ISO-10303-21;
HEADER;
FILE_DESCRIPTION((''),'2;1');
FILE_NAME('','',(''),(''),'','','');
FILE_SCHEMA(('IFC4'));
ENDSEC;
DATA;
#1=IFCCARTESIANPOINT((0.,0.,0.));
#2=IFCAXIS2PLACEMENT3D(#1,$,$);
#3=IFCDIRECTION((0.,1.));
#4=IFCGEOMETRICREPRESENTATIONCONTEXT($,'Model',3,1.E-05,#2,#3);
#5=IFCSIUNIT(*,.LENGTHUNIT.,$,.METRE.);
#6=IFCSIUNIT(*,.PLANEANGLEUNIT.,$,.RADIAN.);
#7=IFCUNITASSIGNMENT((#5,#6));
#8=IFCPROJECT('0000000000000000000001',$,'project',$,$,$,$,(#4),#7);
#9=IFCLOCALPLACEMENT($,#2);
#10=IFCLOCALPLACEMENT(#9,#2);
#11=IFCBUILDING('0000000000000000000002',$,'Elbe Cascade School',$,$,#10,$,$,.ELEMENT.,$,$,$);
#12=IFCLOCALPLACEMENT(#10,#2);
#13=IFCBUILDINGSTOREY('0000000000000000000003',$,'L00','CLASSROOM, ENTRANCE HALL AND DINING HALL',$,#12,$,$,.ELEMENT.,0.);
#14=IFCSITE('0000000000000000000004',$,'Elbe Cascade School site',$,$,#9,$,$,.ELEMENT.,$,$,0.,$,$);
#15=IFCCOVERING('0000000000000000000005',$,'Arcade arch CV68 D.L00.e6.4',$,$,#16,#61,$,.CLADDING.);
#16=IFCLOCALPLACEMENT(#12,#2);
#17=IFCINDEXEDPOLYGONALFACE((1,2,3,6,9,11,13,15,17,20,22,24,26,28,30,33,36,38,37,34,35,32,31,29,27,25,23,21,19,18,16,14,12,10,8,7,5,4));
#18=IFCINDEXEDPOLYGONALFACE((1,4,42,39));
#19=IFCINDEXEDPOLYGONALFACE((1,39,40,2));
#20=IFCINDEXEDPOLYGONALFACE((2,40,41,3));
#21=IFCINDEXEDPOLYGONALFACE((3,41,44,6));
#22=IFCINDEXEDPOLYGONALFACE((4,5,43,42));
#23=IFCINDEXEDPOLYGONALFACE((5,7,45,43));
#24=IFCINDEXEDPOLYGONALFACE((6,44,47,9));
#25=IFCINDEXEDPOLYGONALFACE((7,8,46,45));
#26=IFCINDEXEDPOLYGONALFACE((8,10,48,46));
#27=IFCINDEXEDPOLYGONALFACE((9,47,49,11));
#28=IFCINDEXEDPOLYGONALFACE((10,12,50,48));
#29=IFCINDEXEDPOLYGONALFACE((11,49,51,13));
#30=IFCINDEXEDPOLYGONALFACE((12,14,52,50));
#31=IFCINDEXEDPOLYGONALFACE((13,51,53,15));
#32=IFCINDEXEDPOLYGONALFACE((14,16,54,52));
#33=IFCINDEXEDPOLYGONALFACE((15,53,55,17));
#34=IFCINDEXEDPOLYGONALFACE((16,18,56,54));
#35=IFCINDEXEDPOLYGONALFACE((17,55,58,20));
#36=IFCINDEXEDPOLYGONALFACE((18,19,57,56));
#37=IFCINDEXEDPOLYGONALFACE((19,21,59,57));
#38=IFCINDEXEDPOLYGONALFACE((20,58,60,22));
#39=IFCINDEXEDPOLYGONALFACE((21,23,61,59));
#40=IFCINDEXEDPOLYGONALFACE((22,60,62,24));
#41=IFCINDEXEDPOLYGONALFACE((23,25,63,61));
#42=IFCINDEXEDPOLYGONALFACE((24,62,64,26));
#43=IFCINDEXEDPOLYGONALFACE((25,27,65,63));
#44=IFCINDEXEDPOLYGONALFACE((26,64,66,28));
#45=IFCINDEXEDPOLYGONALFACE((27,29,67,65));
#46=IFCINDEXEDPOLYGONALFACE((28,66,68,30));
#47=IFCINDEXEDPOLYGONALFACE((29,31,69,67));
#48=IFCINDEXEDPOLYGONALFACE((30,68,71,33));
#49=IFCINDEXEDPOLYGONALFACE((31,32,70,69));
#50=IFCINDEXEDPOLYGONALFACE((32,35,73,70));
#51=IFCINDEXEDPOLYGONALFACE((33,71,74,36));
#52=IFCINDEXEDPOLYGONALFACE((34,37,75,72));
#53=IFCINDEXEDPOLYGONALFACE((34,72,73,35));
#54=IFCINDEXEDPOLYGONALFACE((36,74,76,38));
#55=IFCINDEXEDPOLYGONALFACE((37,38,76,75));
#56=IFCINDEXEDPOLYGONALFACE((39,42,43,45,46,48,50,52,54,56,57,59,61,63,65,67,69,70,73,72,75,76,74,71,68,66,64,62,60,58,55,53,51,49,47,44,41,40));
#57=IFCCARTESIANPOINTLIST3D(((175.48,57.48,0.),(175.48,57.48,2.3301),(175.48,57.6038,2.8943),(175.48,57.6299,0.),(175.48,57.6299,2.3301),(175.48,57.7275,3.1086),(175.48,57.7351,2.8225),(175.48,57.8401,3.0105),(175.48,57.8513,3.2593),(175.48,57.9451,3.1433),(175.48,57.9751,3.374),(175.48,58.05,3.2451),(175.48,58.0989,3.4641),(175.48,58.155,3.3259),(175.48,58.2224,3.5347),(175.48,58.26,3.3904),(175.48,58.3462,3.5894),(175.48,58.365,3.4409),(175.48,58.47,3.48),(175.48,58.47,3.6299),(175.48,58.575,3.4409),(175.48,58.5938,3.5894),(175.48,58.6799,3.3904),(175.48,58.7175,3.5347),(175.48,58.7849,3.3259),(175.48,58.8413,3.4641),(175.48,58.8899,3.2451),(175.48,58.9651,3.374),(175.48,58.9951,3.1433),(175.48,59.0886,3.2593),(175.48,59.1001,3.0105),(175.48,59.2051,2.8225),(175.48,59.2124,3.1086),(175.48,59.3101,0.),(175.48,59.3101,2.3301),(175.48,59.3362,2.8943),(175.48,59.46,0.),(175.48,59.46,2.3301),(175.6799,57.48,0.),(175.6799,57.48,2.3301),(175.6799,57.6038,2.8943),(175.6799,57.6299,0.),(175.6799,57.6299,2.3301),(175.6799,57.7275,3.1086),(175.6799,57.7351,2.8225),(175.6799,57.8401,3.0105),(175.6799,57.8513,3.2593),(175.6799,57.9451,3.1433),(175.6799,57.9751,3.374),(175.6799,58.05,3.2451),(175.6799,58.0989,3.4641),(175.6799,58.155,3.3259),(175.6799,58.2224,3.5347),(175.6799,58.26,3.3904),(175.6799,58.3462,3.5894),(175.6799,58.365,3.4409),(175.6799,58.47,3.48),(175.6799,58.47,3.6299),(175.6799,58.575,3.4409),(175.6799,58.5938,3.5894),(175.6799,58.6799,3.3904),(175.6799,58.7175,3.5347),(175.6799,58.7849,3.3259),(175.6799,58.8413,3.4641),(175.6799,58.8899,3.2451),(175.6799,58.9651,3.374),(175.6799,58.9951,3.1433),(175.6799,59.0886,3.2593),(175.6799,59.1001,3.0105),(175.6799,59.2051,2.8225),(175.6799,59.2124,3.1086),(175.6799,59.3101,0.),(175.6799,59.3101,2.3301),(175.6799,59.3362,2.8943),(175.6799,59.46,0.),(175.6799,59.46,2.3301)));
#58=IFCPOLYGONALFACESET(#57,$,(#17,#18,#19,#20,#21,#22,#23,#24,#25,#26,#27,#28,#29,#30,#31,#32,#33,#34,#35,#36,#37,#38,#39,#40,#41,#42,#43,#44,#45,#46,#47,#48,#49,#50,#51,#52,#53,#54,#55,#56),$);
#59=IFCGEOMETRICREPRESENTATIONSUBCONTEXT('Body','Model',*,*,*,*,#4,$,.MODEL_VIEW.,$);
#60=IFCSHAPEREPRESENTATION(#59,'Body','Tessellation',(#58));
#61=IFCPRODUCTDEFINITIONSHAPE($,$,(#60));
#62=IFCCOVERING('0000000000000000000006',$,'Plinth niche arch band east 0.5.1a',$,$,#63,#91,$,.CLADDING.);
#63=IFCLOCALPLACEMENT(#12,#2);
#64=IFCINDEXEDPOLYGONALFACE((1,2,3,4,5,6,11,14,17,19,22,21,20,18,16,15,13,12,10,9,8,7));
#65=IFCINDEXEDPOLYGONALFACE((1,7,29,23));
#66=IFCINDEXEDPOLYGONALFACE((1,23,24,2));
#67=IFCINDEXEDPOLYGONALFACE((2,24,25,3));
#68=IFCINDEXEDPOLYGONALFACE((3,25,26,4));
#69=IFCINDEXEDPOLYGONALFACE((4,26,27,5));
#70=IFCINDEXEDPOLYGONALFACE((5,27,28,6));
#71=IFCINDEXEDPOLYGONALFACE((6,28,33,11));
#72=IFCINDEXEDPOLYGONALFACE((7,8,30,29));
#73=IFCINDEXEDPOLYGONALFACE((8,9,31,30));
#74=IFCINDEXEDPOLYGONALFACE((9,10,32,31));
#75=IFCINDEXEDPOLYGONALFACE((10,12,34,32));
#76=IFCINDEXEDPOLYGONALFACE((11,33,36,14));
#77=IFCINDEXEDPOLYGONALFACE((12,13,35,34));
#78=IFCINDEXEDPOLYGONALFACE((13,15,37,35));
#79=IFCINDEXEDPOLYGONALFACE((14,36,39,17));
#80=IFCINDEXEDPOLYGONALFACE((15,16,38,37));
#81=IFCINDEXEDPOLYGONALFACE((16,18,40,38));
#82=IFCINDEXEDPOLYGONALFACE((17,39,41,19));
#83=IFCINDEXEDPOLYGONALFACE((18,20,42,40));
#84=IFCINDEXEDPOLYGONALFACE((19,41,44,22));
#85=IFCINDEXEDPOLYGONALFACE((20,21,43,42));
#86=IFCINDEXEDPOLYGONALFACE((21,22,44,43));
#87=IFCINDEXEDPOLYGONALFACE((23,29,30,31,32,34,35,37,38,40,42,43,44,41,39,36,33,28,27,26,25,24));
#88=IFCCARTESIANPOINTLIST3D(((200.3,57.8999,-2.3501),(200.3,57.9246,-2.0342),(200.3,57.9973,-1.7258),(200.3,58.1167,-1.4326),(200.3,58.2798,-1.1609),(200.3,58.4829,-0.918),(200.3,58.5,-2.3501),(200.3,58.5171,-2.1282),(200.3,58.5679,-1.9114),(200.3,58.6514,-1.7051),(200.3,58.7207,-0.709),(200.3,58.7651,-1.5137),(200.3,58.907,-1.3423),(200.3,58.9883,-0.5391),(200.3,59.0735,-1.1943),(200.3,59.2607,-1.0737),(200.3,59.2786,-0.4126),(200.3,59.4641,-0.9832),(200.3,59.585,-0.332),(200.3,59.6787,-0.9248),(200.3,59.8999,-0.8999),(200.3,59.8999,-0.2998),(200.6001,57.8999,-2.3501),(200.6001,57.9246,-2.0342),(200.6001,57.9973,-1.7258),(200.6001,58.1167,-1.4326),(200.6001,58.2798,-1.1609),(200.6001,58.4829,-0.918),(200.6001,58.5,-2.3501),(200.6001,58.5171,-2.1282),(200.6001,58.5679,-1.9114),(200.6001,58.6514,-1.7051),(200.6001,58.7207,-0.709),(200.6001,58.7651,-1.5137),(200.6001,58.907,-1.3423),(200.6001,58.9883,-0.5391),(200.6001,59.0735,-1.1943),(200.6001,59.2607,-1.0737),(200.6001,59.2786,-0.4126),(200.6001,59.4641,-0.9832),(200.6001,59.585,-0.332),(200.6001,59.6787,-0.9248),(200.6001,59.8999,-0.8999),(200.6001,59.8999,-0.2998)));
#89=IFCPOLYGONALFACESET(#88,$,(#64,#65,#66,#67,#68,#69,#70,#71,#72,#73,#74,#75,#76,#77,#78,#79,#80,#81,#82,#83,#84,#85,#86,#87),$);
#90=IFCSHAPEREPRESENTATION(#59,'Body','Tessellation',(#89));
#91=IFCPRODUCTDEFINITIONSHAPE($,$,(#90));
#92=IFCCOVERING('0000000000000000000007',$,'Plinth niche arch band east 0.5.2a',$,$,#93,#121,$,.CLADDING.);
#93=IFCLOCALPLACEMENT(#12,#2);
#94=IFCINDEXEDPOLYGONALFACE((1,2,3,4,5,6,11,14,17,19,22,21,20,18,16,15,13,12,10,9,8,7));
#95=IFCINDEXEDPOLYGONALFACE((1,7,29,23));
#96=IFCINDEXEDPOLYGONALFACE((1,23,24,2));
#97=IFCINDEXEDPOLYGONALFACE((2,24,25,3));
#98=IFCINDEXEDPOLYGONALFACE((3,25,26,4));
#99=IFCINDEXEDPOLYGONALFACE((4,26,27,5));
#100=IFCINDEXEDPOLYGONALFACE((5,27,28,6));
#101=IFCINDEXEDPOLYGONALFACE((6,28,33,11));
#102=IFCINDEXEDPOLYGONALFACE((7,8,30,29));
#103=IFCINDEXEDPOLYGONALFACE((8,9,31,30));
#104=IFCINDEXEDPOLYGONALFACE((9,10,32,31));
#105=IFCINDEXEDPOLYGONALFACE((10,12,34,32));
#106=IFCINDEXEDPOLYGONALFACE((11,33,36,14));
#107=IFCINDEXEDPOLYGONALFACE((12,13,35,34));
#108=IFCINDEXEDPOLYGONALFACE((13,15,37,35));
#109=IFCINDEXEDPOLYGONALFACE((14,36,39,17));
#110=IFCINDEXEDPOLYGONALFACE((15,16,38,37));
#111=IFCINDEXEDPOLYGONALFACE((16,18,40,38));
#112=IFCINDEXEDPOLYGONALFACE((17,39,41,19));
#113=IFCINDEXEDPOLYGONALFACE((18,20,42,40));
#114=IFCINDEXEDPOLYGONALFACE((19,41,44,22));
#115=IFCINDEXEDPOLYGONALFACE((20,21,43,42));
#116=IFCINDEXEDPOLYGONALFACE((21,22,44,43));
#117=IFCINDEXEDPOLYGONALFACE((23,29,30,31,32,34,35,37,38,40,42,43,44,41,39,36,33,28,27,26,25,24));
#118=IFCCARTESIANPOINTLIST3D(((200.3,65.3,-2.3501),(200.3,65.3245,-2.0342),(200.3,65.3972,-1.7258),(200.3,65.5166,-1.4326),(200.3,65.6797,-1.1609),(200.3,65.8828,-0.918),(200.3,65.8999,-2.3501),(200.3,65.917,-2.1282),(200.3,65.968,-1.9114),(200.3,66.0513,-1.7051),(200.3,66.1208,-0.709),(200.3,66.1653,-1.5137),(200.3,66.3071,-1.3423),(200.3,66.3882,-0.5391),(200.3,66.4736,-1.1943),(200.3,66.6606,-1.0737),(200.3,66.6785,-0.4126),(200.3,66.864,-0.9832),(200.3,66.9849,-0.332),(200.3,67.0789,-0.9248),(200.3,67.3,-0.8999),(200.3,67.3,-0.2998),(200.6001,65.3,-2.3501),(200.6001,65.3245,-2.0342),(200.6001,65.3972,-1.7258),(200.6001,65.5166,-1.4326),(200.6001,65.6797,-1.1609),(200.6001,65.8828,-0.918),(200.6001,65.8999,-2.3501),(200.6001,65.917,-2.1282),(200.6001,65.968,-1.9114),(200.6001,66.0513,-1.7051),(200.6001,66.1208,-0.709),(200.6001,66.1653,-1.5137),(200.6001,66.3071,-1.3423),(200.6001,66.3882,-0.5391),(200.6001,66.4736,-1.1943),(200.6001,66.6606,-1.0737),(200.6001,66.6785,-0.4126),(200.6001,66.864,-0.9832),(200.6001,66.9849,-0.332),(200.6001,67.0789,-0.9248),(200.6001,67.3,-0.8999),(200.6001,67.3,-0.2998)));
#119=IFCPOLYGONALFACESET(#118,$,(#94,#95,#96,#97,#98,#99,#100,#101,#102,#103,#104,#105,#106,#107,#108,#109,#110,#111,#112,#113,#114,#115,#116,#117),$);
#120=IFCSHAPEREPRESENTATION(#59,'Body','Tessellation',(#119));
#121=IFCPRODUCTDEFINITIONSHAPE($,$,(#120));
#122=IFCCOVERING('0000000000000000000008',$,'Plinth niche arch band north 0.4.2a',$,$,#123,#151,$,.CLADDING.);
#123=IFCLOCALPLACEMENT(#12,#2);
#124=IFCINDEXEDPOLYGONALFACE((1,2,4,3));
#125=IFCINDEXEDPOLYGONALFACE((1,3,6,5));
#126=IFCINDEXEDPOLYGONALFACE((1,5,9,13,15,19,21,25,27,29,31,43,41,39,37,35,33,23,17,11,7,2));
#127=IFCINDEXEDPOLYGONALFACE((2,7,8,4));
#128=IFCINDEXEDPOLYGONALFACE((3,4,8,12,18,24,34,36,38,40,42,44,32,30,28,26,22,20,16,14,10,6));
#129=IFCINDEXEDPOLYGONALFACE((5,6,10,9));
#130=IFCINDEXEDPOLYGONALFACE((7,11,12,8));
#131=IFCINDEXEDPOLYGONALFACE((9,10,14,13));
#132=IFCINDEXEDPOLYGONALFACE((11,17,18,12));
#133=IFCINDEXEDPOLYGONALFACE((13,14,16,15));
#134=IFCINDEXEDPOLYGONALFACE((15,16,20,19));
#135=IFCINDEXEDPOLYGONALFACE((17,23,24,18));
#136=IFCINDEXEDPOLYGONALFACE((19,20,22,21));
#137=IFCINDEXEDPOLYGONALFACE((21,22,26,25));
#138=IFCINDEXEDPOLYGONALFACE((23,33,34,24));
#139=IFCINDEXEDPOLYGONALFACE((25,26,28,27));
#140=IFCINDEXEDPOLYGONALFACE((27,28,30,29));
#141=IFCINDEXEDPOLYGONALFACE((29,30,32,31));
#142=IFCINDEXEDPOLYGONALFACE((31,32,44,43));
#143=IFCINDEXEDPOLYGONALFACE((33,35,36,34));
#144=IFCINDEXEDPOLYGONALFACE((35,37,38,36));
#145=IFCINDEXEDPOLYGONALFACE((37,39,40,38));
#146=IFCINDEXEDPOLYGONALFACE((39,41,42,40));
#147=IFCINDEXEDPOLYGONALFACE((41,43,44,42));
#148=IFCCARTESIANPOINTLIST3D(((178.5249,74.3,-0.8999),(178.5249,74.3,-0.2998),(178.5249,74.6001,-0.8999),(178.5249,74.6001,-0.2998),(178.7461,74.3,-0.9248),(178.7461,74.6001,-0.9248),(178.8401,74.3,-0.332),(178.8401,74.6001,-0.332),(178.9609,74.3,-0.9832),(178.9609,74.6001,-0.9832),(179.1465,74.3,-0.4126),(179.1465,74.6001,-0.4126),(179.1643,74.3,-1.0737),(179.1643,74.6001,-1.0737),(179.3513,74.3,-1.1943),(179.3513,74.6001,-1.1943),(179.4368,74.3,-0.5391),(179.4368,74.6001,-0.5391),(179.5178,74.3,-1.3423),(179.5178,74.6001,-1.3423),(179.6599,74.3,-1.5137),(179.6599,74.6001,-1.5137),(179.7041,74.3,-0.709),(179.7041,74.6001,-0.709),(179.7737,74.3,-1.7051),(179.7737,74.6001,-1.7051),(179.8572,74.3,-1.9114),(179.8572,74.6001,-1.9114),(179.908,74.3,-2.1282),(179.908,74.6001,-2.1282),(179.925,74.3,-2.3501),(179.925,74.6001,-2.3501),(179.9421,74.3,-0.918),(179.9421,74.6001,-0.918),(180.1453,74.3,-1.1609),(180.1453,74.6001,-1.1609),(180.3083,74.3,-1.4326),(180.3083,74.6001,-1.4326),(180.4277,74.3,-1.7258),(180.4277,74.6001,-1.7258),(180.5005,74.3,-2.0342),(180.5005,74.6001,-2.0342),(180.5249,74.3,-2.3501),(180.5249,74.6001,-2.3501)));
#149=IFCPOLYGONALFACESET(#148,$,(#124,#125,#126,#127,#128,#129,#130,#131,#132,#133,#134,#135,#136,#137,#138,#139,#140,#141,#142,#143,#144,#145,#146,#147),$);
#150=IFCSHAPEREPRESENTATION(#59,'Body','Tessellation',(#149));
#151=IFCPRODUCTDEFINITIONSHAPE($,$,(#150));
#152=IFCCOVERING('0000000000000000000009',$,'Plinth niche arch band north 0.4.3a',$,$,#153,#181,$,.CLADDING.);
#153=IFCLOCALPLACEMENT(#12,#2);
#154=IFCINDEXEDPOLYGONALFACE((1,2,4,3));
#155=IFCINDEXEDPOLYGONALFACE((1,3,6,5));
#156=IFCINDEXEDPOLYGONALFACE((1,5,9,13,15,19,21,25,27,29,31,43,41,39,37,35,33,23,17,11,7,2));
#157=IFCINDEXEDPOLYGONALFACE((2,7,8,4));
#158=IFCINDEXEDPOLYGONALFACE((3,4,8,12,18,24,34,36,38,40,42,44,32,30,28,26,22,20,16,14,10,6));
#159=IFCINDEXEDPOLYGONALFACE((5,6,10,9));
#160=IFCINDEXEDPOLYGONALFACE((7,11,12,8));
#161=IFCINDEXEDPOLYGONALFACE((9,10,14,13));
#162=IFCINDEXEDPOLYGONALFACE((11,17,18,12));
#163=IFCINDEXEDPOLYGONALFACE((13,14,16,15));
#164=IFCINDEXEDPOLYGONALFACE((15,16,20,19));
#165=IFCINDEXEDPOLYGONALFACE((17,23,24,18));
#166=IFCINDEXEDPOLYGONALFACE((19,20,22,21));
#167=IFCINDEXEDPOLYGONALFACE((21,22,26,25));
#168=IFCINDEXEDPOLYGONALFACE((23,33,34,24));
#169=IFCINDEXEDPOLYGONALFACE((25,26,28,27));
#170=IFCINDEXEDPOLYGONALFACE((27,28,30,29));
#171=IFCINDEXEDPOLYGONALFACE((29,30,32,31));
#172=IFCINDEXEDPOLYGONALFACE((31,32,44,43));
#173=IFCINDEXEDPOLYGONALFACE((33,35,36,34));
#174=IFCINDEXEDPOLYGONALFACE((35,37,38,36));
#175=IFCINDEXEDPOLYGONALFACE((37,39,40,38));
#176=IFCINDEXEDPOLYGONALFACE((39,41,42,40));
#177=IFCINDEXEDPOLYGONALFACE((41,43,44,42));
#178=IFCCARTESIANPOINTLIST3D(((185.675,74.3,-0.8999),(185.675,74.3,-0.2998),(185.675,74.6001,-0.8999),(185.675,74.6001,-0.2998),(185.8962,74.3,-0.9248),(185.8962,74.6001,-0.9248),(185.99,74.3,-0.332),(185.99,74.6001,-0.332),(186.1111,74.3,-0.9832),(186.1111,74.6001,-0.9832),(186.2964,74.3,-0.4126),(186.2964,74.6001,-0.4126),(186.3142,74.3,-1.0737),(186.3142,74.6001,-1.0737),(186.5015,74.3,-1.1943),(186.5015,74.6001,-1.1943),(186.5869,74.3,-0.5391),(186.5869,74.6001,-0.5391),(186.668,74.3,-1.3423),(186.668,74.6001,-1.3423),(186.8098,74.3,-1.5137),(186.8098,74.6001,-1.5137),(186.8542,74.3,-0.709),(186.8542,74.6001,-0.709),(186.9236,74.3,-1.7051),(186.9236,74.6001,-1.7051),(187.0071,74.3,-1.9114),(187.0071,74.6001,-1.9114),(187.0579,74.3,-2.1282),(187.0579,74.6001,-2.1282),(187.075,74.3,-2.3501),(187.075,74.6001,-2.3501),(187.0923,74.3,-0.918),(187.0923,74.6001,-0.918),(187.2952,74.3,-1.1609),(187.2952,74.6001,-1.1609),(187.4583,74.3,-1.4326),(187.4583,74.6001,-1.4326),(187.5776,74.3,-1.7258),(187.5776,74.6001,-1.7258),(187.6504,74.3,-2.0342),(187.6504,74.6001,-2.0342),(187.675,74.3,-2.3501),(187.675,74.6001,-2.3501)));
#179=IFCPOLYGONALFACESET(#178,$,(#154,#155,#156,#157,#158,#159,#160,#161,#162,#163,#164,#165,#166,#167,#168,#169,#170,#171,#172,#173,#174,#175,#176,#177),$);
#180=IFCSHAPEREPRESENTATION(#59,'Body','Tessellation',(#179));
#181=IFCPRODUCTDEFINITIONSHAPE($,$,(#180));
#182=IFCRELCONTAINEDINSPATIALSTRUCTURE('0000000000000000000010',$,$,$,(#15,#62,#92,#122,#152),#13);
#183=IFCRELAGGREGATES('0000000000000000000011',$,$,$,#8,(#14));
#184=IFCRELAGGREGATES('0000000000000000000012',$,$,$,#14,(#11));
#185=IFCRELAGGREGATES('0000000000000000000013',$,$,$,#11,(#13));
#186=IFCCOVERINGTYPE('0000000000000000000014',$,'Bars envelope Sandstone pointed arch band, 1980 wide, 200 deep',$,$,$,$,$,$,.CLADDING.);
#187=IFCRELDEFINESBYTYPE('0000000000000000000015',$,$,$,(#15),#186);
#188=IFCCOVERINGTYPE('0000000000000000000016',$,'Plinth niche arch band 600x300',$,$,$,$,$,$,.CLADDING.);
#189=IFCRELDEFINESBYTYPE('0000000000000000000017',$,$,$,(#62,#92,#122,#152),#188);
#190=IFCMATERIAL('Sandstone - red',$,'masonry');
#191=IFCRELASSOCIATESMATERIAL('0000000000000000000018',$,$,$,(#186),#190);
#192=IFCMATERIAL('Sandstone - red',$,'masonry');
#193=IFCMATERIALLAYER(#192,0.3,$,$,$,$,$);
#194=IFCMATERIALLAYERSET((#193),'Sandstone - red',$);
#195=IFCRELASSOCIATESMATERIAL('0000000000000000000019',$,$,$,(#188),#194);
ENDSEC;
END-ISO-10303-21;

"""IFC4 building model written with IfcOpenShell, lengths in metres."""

from ifc_helpers import new_model, si_unit, direction, frame, origin, place, context, subcontext, project, spatial, polyline, outline, extrude, material, layer, layer_set, type_object, element, save


model = new_model("IFC4")

# Units and contexts
model_context = context("Model", 3, precision=1e-05, world=origin(), true_north=direction((0.0, 1.0)))
body_context = subcontext(model_context, "Body", "Model", "MODEL_VIEW")
ifc_project = project(units=[si_unit("LENGTHUNIT", "METRE"), si_unit("PLANEANGLEUNIT", "RADIAN")], contexts=[model_context])

# Site, building, storey
site_placement = place(None, origin())
site = spatial("IfcSite", under=ifc_project, at=site_placement, Name="Elbe Cascade School site", CompositionType="ELEMENT", RefElevation=0.0)
building_placement = place(site_placement, origin())
building = spatial("IfcBuilding", under=site, at=building_placement, Name="Elbe Cascade School", CompositionType="ELEMENT")
storey_placement = place(building_placement, origin())
storey = spatial("IfcBuildingStorey", under=building, at=storey_placement, Name="L00", Description="CLASSROOM, ENTRANCE HALL AND DINING HALL", CompositionType="ELEMENT", Elevation=0.0)

# Coverings
ifc_material_1 = material(Name="Sandstone - red", Category="masonry")
covering_type_1 = type_object("IfcCoveringType", Name="Bars envelope Sandstone pointed arch band, 1980 wide, 200 deep", PredefinedType="CLADDING", material=ifc_material_1)
covering_1_placement = place(storey_placement, frame((175.6799, 57.6299, 0.0), z_axis=(1.0, 0.0, 0.0), x_axis=(0.0, 0.0, 1.0)))
element("IfcCovering", 1, at=covering_1_placement, inside=storey, type_object=covering_type_1, Name="Arcade arch CV68 D.L00.e6.4", PredefinedType="CLADDING", context=body_context, shape_type="SweptSolid", body=[
    extrude(outline(polyline([(0.0, 0.0), (2.3301, 0.0), (2.8225, -0.1052), (3.0105, -0.2102), (3.1433, -0.3152), (3.2451, -0.4202), (3.3259, -0.5251), (3.3904, -0.6301), (3.4409, -0.7351), (3.48, -0.8401), (3.4409, -0.9451), (3.3904, -1.05), (3.3259, -1.155), (3.2451, -1.26), (3.1433, -1.3652), (3.0105, -1.4702), (2.8225, -1.5752), (2.3301, -1.6802), (0.0, -1.6802), (0.0, -1.8301), (2.3301, -1.8301), (2.8943, -1.7063), (3.1086, -1.5825), (3.2593, -1.4587), (3.374, -1.3352), (3.4641, -1.2114), (3.5347, -1.0876), (3.5894, -0.9639), (3.6299, -0.8401), (3.5894, -0.7163), (3.5347, -0.5925), (3.4641, -0.469), (3.374, -0.3452), (3.2593, -0.2214), (3.1086, -0.0977), (2.8943, 0.0261), (2.3301, 0.1499), (0.0, 0.1499), (0.0, 0.0)])), origin(), (0.0, 0.0, -1.0), 0.2),
])
ifc_material_2 = material(Name="Sandstone - red", Category="masonry")
ifc_layer_1 = layer(ifc_material_2, 0.3)
ifc_layer_set_1 = layer_set([ifc_layer_1], Name="Sandstone - red")
covering_type_2 = type_object("IfcCoveringType", Name="Plinth niche arch band 600x300", PredefinedType="CLADDING", material=ifc_layer_set_1)
covering_2_placement = place(storey_placement, frame((200.6001, 57.8999, -2.3501), z_axis=(1.0, 0.0, 0.0), x_axis=(0.0, 1.0, 0.0)))
element("IfcCovering", 2, at=covering_2_placement, inside=storey, type_object=covering_type_2, Name="Plinth niche arch band east 0.5.1a", PredefinedType="CLADDING", context=body_context, shape_type="SweptSolid", body=[
    extrude(outline(polyline([(0.0, 0.0), (0.6001, 0.0), (0.6172, 0.2219), (0.668, 0.4387), (0.7515, 0.645), (0.8652, 0.8364), (1.0071, 1.0078), (1.1736, 1.1558), (1.3608, 1.2764), (1.5642, 1.3669), (1.7788, 1.4253), (2.0, 1.4502), (2.0, 2.0503), (1.6851, 2.0181), (1.3787, 1.9375), (1.0884, 1.811), (0.8208, 1.6411), (0.583, 1.4321), (0.3799, 1.1892), (0.2168, 0.9175), (0.0974, 0.6243), (0.0247, 0.3159), (0.0, 0.0)])), origin(), (0.0, 0.0, -1.0), 0.3),
])
covering_3_placement = place(storey_placement, frame((200.6001, 65.3, -2.3501), z_axis=(1.0, 0.0, 0.0), x_axis=(0.0, 1.0, 0.0)))
element("IfcCovering", 3, at=covering_3_placement, inside=storey, type_object=covering_type_2, Name="Plinth niche arch band east 0.5.2a", PredefinedType="CLADDING", context=body_context, shape_type="SweptSolid", body=[
    extrude(outline(polyline([(0.0, 0.0), (0.5999, 0.0), (0.6169, 0.2219), (0.668, 0.4387), (0.7512, 0.645), (0.8652, 0.8364), (1.0071, 1.0078), (1.1736, 1.1558), (1.3606, 1.2764), (1.564, 1.3669), (1.7788, 1.4253), (2.0, 1.4502), (2.0, 2.0503), (1.6848, 2.0181), (1.3784, 1.9375), (1.0881, 1.811), (0.8208, 1.6411), (0.5828, 1.4321), (0.3796, 1.1892), (0.2166, 0.9175), (0.0972, 0.6243), (0.0244, 0.3159), (0.0, 0.0)])), origin(), (0.0, 0.0, -1.0), 0.3),
])
covering_4_placement = place(storey_placement, frame((180.5249, 74.6001, -2.3501), z_axis=(0.0, 1.0, 0.0), x_axis=(-1.0, 0.0, 0.0)))
element("IfcCovering", 4, at=covering_4_placement, inside=storey, type_object=covering_type_2, Name="Plinth niche arch band north 0.4.2a", PredefinedType="CLADDING", context=body_context, shape_type="SweptSolid", body=[
    extrude(outline(polyline([(0.0, 0.0), (0.5999, 0.0), (0.6169, 0.2219), (0.6677, 0.4387), (0.7512, 0.645), (0.865, 0.8364), (1.0071, 1.0078), (1.1736, 1.1558), (1.3606, 1.2764), (1.564, 1.3669), (1.7788, 1.4253), (2.0, 1.4502), (2.0, 2.0503), (1.6848, 2.0181), (1.3784, 1.9375), (1.0881, 1.811), (0.8208, 1.6411), (0.5828, 1.4321), (0.3796, 1.1892), (0.2166, 0.9175), (0.0972, 0.6243), (0.0244, 0.3159), (0.0, 0.0)])), origin(), (0.0, 0.0, -1.0), 0.3),
])
covering_5_placement = place(storey_placement, frame((187.675, 74.6001, -2.3501), z_axis=(0.0, 1.0, 0.0), x_axis=(-1.0, 0.0, 0.0)))
element("IfcCovering", 5, at=covering_5_placement, inside=storey, type_object=covering_type_2, Name="Plinth niche arch band north 0.4.3a", PredefinedType="CLADDING", context=body_context, shape_type="SweptSolid", body=[
    extrude(outline(polyline([(0.0, 0.0), (0.6001, 0.0), (0.6172, 0.2219), (0.668, 0.4387), (0.7515, 0.645), (0.8652, 0.8364), (1.0071, 1.0078), (1.1736, 1.1558), (1.3608, 1.2764), (1.564, 1.3669), (1.7788, 1.4253), (2.0, 1.4502), (2.0, 2.0503), (1.6851, 2.0181), (1.3787, 1.9375), (1.0881, 1.811), (0.8208, 1.6411), (0.5828, 1.4321), (0.3799, 1.1892), (0.2168, 0.9175), (0.0974, 0.6243), (0.0247, 0.3159), (0.0, 0.0)])), origin(), (0.0, 0.0, -1.0), 0.3),
])

save(model, "model.ifc")
